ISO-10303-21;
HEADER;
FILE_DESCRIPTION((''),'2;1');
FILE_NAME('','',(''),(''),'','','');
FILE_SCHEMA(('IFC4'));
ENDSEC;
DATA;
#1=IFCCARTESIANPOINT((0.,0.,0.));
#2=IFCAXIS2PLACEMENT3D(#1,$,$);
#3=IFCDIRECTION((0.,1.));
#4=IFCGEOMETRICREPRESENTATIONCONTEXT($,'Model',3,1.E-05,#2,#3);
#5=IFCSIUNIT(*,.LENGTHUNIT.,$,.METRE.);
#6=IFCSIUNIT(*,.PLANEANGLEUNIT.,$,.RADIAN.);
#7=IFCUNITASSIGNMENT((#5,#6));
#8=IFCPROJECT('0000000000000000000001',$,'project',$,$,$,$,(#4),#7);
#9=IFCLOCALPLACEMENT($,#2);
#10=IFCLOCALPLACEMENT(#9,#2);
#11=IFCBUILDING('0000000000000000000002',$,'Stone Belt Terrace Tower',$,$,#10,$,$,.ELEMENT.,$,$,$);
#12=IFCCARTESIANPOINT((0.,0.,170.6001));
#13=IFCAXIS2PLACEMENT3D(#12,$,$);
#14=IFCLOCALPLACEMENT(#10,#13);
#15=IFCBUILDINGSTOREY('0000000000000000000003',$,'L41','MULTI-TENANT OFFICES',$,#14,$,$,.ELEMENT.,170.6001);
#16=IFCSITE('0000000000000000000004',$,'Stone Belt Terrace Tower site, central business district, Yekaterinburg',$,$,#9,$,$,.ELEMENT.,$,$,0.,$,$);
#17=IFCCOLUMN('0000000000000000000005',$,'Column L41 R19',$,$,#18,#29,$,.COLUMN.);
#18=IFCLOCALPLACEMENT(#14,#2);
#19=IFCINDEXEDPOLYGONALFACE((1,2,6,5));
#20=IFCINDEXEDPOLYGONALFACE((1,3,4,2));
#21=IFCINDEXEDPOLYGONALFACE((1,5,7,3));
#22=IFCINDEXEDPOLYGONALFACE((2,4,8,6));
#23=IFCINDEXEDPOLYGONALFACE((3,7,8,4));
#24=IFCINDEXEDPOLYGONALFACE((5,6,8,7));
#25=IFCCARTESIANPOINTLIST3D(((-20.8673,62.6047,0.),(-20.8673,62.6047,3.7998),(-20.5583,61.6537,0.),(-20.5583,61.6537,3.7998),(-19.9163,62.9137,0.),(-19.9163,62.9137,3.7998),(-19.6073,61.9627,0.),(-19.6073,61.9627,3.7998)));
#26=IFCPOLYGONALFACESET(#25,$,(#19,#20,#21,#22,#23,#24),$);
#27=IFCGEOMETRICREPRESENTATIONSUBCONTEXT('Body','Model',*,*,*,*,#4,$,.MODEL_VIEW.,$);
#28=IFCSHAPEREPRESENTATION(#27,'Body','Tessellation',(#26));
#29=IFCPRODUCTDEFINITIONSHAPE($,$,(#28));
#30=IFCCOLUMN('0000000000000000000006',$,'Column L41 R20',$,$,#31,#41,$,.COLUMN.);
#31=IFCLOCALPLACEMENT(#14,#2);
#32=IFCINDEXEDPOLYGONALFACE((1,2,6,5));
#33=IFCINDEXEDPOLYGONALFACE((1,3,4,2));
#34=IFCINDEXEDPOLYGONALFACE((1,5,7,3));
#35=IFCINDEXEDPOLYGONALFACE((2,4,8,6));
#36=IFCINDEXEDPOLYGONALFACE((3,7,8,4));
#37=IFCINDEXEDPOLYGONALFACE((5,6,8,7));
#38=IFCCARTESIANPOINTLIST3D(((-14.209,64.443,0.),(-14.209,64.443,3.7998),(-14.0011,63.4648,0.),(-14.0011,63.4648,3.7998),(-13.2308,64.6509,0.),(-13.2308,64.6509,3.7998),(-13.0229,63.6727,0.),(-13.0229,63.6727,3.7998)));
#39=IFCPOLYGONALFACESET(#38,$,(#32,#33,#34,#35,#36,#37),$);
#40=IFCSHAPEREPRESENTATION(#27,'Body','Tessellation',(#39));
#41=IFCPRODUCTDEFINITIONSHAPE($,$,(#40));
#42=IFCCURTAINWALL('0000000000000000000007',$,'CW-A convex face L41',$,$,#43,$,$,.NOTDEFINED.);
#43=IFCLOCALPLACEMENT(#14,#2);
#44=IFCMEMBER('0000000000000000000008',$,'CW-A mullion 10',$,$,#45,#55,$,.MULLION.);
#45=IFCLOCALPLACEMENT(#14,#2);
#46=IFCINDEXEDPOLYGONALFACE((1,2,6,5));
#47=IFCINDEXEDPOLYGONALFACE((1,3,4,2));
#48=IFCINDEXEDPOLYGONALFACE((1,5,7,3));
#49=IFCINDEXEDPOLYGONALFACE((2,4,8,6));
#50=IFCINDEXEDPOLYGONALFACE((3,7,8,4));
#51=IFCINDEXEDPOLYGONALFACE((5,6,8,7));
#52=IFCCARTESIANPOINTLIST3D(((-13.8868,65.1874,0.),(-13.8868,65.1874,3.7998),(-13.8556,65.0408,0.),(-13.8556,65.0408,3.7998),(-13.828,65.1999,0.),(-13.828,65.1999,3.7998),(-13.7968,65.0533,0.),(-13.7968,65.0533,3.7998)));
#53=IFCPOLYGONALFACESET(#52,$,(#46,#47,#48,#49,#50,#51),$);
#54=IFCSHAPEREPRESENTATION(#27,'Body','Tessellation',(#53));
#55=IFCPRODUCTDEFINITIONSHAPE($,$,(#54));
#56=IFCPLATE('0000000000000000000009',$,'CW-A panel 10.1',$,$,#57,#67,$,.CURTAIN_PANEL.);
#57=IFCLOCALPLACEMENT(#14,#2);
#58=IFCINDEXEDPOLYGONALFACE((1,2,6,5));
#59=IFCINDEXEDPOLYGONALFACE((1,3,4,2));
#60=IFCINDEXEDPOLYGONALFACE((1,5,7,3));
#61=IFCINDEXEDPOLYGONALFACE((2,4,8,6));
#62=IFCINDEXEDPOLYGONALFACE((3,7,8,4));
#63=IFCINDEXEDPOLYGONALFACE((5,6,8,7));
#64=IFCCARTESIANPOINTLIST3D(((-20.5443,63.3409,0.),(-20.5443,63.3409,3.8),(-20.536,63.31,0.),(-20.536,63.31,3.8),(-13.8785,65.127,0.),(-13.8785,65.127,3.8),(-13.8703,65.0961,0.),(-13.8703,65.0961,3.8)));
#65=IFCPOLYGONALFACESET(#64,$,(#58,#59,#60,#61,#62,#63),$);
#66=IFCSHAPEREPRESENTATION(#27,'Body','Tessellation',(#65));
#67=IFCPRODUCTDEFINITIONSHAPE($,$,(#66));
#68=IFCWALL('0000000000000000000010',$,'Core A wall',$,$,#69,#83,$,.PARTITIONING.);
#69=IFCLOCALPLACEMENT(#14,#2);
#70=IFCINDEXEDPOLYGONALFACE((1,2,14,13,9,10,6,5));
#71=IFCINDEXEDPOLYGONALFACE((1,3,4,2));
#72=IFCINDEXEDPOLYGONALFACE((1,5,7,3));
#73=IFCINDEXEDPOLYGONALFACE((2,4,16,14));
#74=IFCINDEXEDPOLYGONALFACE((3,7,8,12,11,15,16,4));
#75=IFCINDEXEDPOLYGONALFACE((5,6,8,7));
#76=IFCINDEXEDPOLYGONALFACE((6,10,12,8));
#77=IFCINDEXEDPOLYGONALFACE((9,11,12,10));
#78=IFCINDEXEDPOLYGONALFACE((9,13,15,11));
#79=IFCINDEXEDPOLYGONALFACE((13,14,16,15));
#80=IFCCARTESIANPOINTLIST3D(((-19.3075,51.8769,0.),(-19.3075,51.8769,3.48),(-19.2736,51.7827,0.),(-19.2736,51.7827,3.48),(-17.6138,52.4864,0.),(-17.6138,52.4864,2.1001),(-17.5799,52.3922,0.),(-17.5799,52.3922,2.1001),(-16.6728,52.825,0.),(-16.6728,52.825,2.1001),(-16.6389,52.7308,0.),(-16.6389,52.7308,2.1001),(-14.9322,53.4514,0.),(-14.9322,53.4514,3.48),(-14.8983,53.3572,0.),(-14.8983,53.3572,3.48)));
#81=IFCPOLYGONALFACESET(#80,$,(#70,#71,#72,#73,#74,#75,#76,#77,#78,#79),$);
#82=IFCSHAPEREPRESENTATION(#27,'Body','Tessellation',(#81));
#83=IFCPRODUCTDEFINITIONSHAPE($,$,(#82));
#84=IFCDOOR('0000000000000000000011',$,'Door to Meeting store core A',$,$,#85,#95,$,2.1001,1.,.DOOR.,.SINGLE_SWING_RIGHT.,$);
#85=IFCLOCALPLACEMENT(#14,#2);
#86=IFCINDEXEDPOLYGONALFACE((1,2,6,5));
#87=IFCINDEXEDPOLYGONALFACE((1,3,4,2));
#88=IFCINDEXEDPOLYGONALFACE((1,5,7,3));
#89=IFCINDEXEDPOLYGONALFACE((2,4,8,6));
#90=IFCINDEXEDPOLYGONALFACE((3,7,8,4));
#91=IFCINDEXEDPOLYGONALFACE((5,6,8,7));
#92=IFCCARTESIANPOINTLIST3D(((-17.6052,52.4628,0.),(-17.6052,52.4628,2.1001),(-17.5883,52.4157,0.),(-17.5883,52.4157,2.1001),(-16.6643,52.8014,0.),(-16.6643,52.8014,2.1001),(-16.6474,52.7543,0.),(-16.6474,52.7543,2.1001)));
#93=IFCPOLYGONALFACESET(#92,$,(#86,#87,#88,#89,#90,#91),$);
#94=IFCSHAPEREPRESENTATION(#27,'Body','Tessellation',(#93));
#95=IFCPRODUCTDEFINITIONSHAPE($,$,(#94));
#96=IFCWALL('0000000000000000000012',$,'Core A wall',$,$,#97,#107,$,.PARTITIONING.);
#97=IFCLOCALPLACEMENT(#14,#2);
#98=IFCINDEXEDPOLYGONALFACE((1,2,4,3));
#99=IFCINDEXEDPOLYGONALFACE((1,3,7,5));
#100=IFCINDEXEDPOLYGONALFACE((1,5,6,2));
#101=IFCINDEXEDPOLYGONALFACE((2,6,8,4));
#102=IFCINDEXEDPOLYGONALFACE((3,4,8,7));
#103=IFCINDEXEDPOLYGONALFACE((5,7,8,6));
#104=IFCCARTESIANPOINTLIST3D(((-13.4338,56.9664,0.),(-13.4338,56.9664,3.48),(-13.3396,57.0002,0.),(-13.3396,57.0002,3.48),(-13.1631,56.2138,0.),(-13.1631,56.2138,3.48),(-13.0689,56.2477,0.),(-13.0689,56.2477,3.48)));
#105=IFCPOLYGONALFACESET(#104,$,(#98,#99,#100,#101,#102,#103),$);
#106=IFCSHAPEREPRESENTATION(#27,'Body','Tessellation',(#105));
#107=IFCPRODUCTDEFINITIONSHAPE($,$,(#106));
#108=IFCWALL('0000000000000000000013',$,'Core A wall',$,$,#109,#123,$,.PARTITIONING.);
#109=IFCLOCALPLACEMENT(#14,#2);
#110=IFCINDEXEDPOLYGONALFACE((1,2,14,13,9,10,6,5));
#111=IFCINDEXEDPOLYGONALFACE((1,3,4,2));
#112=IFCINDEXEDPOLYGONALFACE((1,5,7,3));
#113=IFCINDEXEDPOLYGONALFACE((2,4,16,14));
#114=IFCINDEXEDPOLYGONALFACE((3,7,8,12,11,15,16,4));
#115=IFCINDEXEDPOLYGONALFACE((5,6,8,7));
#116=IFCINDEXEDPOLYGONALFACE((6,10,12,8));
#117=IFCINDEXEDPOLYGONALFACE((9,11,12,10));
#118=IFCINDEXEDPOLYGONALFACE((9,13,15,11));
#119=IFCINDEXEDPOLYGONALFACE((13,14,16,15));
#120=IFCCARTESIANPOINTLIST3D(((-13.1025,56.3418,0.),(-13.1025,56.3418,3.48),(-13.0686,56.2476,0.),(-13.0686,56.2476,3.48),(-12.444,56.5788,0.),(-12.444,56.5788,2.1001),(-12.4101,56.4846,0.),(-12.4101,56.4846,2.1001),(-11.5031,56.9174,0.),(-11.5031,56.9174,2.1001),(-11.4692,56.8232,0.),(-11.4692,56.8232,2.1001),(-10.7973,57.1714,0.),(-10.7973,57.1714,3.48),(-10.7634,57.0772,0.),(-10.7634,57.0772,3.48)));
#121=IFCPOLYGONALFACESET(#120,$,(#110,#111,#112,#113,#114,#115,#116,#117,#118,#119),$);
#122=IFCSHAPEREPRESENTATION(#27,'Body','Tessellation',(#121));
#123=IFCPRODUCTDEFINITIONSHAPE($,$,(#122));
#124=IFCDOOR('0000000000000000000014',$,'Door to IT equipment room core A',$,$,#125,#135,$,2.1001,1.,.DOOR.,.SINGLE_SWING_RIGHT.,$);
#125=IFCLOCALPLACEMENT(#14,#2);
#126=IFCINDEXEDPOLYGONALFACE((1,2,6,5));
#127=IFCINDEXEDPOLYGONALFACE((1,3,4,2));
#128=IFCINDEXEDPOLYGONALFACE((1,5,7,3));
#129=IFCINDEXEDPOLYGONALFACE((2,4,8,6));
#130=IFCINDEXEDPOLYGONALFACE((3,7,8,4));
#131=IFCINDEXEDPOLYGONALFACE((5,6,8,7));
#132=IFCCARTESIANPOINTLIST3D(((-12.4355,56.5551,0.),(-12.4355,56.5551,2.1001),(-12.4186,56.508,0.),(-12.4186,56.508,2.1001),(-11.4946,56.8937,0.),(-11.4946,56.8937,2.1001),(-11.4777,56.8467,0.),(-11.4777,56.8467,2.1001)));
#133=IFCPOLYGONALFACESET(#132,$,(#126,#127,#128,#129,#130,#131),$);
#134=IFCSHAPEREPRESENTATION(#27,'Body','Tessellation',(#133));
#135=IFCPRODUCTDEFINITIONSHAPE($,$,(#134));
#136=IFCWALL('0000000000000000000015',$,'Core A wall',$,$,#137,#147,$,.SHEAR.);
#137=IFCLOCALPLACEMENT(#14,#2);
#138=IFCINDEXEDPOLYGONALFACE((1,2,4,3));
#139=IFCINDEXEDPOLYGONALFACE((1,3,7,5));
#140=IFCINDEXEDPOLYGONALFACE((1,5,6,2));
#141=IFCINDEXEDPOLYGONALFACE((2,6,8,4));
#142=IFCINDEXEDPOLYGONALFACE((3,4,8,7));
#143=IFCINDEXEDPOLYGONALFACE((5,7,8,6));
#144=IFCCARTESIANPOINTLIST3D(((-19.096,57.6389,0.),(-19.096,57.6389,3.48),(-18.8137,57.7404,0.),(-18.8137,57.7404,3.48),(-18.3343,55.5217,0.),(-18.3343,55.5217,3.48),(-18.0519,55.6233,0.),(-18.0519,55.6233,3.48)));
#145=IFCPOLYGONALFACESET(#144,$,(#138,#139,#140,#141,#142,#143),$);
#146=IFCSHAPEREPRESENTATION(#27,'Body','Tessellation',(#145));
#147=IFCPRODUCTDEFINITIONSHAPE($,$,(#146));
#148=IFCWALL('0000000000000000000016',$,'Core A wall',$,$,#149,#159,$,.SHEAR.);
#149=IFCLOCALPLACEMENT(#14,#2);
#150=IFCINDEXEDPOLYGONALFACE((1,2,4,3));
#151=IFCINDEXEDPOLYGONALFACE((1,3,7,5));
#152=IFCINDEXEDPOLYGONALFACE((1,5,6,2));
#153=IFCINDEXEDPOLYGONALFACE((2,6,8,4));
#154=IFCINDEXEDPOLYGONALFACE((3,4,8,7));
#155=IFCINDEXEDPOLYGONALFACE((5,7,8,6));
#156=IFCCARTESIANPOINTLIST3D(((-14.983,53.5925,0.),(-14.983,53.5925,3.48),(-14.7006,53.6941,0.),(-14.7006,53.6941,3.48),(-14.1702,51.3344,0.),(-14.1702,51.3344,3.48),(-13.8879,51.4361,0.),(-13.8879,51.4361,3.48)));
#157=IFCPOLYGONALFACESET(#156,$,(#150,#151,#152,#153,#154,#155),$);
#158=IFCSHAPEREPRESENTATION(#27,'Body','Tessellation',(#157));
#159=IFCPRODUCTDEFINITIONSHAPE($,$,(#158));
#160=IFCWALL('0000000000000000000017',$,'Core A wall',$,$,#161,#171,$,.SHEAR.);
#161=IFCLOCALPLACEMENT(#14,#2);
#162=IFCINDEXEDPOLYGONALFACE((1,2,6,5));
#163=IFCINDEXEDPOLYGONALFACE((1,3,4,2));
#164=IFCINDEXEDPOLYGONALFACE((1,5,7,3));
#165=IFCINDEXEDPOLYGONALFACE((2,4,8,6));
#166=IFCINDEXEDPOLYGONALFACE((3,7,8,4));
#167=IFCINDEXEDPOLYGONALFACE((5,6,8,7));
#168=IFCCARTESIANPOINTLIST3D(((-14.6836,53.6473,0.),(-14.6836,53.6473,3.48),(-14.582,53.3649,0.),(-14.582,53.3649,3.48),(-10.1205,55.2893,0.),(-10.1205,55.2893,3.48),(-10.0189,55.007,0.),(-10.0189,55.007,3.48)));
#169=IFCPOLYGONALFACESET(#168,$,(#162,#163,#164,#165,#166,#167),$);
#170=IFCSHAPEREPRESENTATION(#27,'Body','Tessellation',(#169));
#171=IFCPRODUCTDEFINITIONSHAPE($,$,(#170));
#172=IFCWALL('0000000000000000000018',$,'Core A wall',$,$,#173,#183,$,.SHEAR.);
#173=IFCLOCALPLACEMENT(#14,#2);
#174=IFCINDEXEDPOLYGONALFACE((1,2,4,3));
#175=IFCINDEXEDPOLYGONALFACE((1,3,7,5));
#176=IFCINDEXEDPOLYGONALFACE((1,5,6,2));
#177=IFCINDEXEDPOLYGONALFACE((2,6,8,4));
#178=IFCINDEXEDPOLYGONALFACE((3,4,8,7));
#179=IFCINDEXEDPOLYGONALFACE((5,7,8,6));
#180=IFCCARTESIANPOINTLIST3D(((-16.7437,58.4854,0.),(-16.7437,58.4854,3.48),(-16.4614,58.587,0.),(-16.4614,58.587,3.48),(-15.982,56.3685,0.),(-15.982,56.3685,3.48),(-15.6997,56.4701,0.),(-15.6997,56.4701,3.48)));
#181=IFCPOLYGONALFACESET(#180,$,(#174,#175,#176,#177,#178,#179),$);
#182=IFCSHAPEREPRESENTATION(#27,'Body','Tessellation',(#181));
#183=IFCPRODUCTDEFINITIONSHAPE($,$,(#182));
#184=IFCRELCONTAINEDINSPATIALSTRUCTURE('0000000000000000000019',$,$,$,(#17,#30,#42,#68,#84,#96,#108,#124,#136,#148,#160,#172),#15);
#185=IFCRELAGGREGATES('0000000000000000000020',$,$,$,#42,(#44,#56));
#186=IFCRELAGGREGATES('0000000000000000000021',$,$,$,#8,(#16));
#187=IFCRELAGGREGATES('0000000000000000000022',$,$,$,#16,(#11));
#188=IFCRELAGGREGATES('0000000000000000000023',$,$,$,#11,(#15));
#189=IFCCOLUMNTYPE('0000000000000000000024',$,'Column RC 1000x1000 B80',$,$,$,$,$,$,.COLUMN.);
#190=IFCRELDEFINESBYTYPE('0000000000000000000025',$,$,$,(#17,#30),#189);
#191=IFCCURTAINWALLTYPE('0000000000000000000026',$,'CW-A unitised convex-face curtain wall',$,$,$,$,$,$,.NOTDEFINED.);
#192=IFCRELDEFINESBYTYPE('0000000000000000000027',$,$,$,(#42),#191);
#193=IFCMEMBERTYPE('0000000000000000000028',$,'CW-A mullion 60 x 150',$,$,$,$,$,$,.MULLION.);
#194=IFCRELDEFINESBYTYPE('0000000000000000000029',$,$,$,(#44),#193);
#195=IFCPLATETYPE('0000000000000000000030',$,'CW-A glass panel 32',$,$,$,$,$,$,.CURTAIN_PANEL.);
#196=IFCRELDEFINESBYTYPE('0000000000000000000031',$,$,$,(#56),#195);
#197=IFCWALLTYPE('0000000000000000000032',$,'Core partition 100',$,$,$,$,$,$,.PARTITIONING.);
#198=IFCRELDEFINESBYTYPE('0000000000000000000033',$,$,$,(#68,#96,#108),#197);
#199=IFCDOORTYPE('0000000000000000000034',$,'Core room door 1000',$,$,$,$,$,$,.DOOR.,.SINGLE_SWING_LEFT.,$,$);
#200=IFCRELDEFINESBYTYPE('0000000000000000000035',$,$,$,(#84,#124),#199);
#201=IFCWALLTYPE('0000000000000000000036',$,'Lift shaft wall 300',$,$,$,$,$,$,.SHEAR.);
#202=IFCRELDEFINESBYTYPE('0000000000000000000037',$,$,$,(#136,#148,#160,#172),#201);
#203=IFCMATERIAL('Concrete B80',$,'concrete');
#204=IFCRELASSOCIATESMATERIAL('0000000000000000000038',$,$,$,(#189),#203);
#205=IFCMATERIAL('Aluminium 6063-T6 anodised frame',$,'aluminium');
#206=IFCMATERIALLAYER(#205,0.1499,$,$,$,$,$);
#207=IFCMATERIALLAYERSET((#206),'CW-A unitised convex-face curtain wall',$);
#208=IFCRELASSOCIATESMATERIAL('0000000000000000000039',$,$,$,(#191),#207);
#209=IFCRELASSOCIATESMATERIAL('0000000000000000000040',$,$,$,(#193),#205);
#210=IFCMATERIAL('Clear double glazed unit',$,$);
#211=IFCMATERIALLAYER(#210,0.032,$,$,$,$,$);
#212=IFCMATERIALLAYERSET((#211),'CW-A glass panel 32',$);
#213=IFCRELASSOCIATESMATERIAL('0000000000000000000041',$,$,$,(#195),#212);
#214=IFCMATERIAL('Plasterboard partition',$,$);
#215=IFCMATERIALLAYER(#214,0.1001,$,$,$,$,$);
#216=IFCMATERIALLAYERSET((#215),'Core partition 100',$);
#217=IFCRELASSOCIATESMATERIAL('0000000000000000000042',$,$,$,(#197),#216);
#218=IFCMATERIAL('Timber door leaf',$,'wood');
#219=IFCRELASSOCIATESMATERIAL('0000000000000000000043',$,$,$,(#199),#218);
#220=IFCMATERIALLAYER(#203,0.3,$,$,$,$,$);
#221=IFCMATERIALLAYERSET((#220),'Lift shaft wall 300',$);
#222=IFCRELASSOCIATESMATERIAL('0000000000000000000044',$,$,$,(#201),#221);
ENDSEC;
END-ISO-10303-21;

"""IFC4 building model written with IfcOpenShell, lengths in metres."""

from ifc_helpers import new_model, si_unit, direction, frame, frame_2d, origin, origin_2d, place, context, subcontext, project, spatial, rectangle, extrude, material, layer, layer_set, material_profile, profile_set, type_object, element, fill, aggregate, save


model = new_model("IFC4")

# Units and contexts
model_context = context("Model", 3, precision=1e-05, world=origin(), true_north=direction((0.0, 1.0)))
body_context = subcontext(model_context, "Body", "Model", "MODEL_VIEW")
ifc_project = project(units=[si_unit("LENGTHUNIT", "METRE"), si_unit("PLANEANGLEUNIT", "RADIAN")], contexts=[model_context])

# Site, building, storey
site_placement = place(None, origin())
site = spatial("IfcSite", under=ifc_project, at=site_placement, Name="Stone Belt Terrace Tower site, central business district, Yekaterinburg", CompositionType="ELEMENT", RefElevation=0.0)
building_placement = place(site_placement, origin())
building = spatial("IfcBuilding", under=site, at=building_placement, Name="Stone Belt Terrace Tower", CompositionType="ELEMENT")
storey_placement = place(building_placement, frame((0.0, 0.0, 170.6001)))
storey = spatial("IfcBuildingStorey", under=building, at=storey_placement, Name="L41", Description="MULTI-TENANT OFFICES", CompositionType="ELEMENT", Elevation=170.6001)

# Columns
ifc_material_1 = material(Name="Concrete B80", Category="concrete")
ifc_material_profile_1 = material_profile(ifc_material_1, rectangle(XDim=1.0, YDim=1.0, at=origin_2d()), Name="RC 1000x1000")
ifc_profile_set_1 = profile_set([ifc_material_profile_1], Name="Concrete B80")
column_type = type_object("IfcColumnType", Name="Column RC 1000x1000 B80", PredefinedType="COLUMN", material=ifc_profile_set_1)
for number, where, z_axis, x_axis, name in (
    (1, (-20.2373, 62.2837, 0.0), (0.0, 0.0, 1.0), (0.951057, 0.309017, 0.0), "Column L41 R19"),
    (2, (-13.616, 64.0579, 0.0), (0.0, 0.0, 1.0), (0.978148, 0.207912, 0.0), "Column L41 R20"),
):
    element("IfcColumn", number, at=place(storey_placement, frame(where, z_axis=z_axis, x_axis=x_axis)), inside=storey, type_object=column_type, Name=name, PredefinedType="COLUMN", context=body_context, shape_type="SweptSolid", body=[
        extrude(rectangle(XDim=1.0, YDim=1.0, at=origin_2d()), origin(), (0.0, 0.0, 1.0), 3.7998),
    ])

# Curtain wall, member, plate
ifc_material_2 = material(Name="Aluminium 6063-T6 anodised frame", Category="aluminium")
ifc_layer_1 = layer(ifc_material_2, 0.1499)
ifc_layer_set_1 = layer_set([ifc_layer_1], Name="CW-A unitised convex-face curtain wall")
curtain_wall_type = type_object("IfcCurtainWallType", Name="CW-A unitised convex-face curtain wall", PredefinedType="NOTDEFINED", material=ifc_layer_set_1)
curtain_wall_placement = place(storey_placement, origin())
curtain_wall = element("IfcCurtainWall", 3, at=curtain_wall_placement, inside=storey, type_object=curtain_wall_type, Name="CW-A convex face L41", PredefinedType="NOTDEFINED")
ifc_material_profile_2 = material_profile(ifc_material_2, rectangle(XDim=0.1499, YDim=0.0601, at=origin_2d()), Name="Aluminium 6063-T6 60x150")
ifc_profile_set_2 = profile_set([ifc_material_profile_2], Name="Aluminium 6063-T6 anodised frame")
member_type = type_object("IfcMemberType", Name="CW-A mullion 60 x 150", PredefinedType="MULLION", material=ifc_profile_set_2)
member_placement = place(storey_placement, frame((-13.8418, 65.1204, 0.0), z_axis=(0.0, 0.0, 1.0), x_axis=(0.207912, -0.978148, 0.0)))
member = element("IfcMember", 4, at=member_placement, type_object=member_type, Name="CW-A mullion 10", PredefinedType="MULLION", context=body_context, shape_type="SweptSolid", body=[
    extrude(rectangle(XDim=0.1499, YDim=0.0601, at=origin_2d()), origin(), (0.0, 0.0, 1.0), 3.7998),
])
ifc_material_3 = material(Name="Clear double glazed unit")
ifc_layer_2 = layer(ifc_material_3, 0.032)
ifc_layer_set_2 = layer_set([ifc_layer_2], Name="CW-A glass panel 32")
plate_type = type_object("IfcPlateType", Name="CW-A glass panel 32", PredefinedType="CURTAIN_PANEL", material=ifc_layer_set_2)
plate_placement = place(storey_placement, frame((-17.2073, 64.2185, 0.0), z_axis=(0.0, 0.0, 1.0), x_axis=(-0.965926, -0.258819, 0.0)))
plate = element("IfcPlate", 5, at=plate_placement, type_object=plate_type, Name="CW-A panel 10.1", PredefinedType="CURTAIN_PANEL", context=body_context, shape_type="SweptSolid", body=[
    extrude(rectangle(XDim=6.9009, YDim=0.032, at=origin_2d()), origin(), (0.0, 0.0, 1.0), 3.8),
])
aggregate(curtain_wall, [member, plate])

# Wall, opening, door
ifc_material_4 = material(Name="Plasterboard partition")
ifc_layer_3 = layer(ifc_material_4, 0.1001)
ifc_layer_set_3 = layer_set([ifc_layer_3], Name="Core partition 100")
wall_type_1 = type_object("IfcWallType", Name="Core partition 100", PredefinedType="PARTITIONING", material=ifc_layer_set_3)
wall_1_placement = place(storey_placement, frame((-19.2905, 51.8298, 0.0), z_axis=(0.0, 0.0, 1.0), x_axis=(0.94093, 0.3386, 0.0)))
wall_1 = element("IfcWall", 6, at=wall_1_placement, inside=storey, type_object=wall_type_1, Name="Core A wall", PredefinedType="PARTITIONING", context=body_context, shape_type="SweptSolid", body=[
    extrude(rectangle(XDim=4.6499, YDim=0.1001, at=frame_2d((2.325, 0.0))), origin(), (0.0, 0.0, 1.0), 3.48),
])
opening_1_placement = place(wall_1_placement, frame((1.8, 0.0, 0.0)))
opening_1 = element("IfcOpeningElement", 7, at=opening_1_placement, cuts=wall_1, PredefinedType="OPENING", context=body_context, shape_type="SweptSolid", body=[
    extrude(rectangle(XDim=1.0, YDim=2.1001, at=frame_2d((0.5, 1.05))), frame((0.0, 0.0601, 0.0), z_axis=(0.0, -1.0, 0.0), x_axis=(1.0, 0.0, 0.0)), (0.0, 0.0, 1.0), 0.1201),
])
ifc_material_5 = material(Name="Timber door leaf", Category="wood")
door_type = type_object("IfcDoorType", Name="Core room door 1000", OperationType="SINGLE_SWING_LEFT", PredefinedType="DOOR", material=ifc_material_5)
door_1_placement = place(opening_1_placement, origin())
door_1 = element("IfcDoor", 8, at=door_1_placement, inside=storey, type_object=door_type, Name="Door to Meeting store core A", OperationType="SINGLE_SWING_RIGHT", OverallHeight=2.1001, OverallWidth=1.0, PredefinedType="DOOR", context=body_context, shape_type="SweptSolid", body=[
    extrude(rectangle(XDim=1.0, YDim=2.1001, at=frame_2d((0.5, 1.05))), frame((0.0, 0.0249, 0.0), z_axis=(0.0, -1.0, 0.0), x_axis=(1.0, 0.0, 0.0)), (0.0, 0.0, 1.0), 0.05),
])
fill(opening_1, door_1)

# Wall
wall_2_placement = place(storey_placement, frame((-13.116, 56.2307, 0.0), z_axis=(0.0, 0.0, 1.0), x_axis=(-0.338482, 0.940973, 0.0)))
element("IfcWall", 9, at=wall_2_placement, inside=storey, type_object=wall_type_1, Name="Core A wall", PredefinedType="PARTITIONING", context=body_context, shape_type="SweptSolid", body=[
    extrude(rectangle(XDim=0.7998, YDim=0.1001, at=frame_2d((0.3999, 0.0))), origin(), (0.0, 0.0, 1.0), 3.48),
])

# Wall, opening, door
wall_3_placement = place(storey_placement, frame((-13.0857, 56.2947, 0.0), z_axis=(0.0, 0.0, 1.0), x_axis=(0.940923, 0.338621, 0.0)))
wall_3 = element("IfcWall", 10, at=wall_3_placement, inside=storey, type_object=wall_type_1, Name="Core A wall", PredefinedType="PARTITIONING", context=body_context, shape_type="SweptSolid", body=[
    extrude(rectangle(XDim=2.45, YDim=0.1001, at=frame_2d((1.2251, 0.0))), origin(), (0.0, 0.0, 1.0), 3.48),
])
opening_2_placement = place(wall_3_placement, frame((0.7, 0.0, 0.0)))
opening_2 = element("IfcOpeningElement", 11, at=opening_2_placement, cuts=wall_3, PredefinedType="OPENING", context=body_context, shape_type="SweptSolid", body=[
    extrude(rectangle(XDim=1.0, YDim=2.1001, at=frame_2d((0.5, 1.05))), frame((0.0, 0.0601, 0.0), z_axis=(0.0, -1.0, 0.0), x_axis=(1.0, 0.0, 0.0)), (0.0, 0.0, 1.0), 0.1201),
])
door_2_placement = place(opening_2_placement, origin())
door_2 = element("IfcDoor", 12, at=door_2_placement, inside=storey, type_object=door_type, Name="Door to IT equipment room core A", OperationType="SINGLE_SWING_RIGHT", OverallHeight=2.1001, OverallWidth=1.0, PredefinedType="DOOR", context=body_context, shape_type="SweptSolid", body=[
    extrude(rectangle(XDim=1.0, YDim=2.1001, at=frame_2d((0.5, 1.05))), frame((0.0, 0.0249, 0.0), z_axis=(0.0, -1.0, 0.0), x_axis=(1.0, 0.0, 0.0)), (0.0, 0.0, 1.0), 0.05),
])
fill(opening_2, door_2)

# Walls
ifc_layer_4 = layer(ifc_material_1, 0.3)
ifc_layer_set_4 = layer_set([ifc_layer_4], Name="Lift shaft wall 300")
wall_type_2 = type_object("IfcWallType", Name="Lift shaft wall 300", PredefinedType="SHEAR", material=ifc_layer_set_4)
wall_4_placement = place(storey_placement, frame((-18.1931, 55.5725, 0.0), z_axis=(0.0, 0.0, 1.0), x_axis=(-0.338535, 0.940954, 0.0)))
element("IfcWall", 13, at=wall_4_placement, inside=storey, type_object=wall_type_2, Name="Core A wall", PredefinedType="SHEAR", context=body_context, shape_type="SweptSolid", body=[
    extrude(rectangle(XDim=2.25, YDim=0.3, at=frame_2d((1.125, 0.0))), origin(), (0.0, 0.0, 1.0), 3.48),
])
wall_5_placement = place(storey_placement, frame((-14.0291, 51.3853, 0.0), z_axis=(0.0, 0.0, 1.0), x_axis=(-0.338662, 0.940908, 0.0)))
element("IfcWall", 14, at=wall_5_placement, inside=storey, type_object=wall_type_2, Name="Core A wall", PredefinedType="SHEAR", context=body_context, shape_type="SweptSolid", body=[
    extrude(rectangle(XDim=2.3999, YDim=0.3, at=frame_2d((1.2, 0.0))), origin(), (0.0, 0.0, 1.0), 3.48),
])
wall_6_placement = place(storey_placement, frame((-14.6328, 53.5061, 0.0), z_axis=(0.0, 0.0, 1.0), x_axis=(0.940932, 0.338596, 0.0)))
element("IfcWall", 15, at=wall_6_placement, inside=storey, type_object=wall_type_2, Name="Core A wall", PredefinedType="SHEAR", context=body_context, shape_type="SweptSolid", body=[
    extrude(rectangle(XDim=4.8496, YDim=0.3, at=frame_2d((2.4248, 0.0))), origin(), (0.0, 0.0, 1.0), 3.48),
])
wall_7_placement = place(storey_placement, frame((-15.8408, 56.4192, 0.0), z_axis=(0.0, 0.0, 1.0), x_axis=(-0.33857, 0.940941, 0.0)))
element("IfcWall", 16, at=wall_7_placement, inside=storey, type_object=wall_type_2, Name="Core A wall", PredefinedType="SHEAR", context=body_context, shape_type="SweptSolid", body=[
    extrude(rectangle(XDim=2.2498, YDim=0.3, at=frame_2d((1.125, 0.0))), origin(), (0.0, 0.0, 1.0), 3.48),
])

save(model, "model.ifc")
